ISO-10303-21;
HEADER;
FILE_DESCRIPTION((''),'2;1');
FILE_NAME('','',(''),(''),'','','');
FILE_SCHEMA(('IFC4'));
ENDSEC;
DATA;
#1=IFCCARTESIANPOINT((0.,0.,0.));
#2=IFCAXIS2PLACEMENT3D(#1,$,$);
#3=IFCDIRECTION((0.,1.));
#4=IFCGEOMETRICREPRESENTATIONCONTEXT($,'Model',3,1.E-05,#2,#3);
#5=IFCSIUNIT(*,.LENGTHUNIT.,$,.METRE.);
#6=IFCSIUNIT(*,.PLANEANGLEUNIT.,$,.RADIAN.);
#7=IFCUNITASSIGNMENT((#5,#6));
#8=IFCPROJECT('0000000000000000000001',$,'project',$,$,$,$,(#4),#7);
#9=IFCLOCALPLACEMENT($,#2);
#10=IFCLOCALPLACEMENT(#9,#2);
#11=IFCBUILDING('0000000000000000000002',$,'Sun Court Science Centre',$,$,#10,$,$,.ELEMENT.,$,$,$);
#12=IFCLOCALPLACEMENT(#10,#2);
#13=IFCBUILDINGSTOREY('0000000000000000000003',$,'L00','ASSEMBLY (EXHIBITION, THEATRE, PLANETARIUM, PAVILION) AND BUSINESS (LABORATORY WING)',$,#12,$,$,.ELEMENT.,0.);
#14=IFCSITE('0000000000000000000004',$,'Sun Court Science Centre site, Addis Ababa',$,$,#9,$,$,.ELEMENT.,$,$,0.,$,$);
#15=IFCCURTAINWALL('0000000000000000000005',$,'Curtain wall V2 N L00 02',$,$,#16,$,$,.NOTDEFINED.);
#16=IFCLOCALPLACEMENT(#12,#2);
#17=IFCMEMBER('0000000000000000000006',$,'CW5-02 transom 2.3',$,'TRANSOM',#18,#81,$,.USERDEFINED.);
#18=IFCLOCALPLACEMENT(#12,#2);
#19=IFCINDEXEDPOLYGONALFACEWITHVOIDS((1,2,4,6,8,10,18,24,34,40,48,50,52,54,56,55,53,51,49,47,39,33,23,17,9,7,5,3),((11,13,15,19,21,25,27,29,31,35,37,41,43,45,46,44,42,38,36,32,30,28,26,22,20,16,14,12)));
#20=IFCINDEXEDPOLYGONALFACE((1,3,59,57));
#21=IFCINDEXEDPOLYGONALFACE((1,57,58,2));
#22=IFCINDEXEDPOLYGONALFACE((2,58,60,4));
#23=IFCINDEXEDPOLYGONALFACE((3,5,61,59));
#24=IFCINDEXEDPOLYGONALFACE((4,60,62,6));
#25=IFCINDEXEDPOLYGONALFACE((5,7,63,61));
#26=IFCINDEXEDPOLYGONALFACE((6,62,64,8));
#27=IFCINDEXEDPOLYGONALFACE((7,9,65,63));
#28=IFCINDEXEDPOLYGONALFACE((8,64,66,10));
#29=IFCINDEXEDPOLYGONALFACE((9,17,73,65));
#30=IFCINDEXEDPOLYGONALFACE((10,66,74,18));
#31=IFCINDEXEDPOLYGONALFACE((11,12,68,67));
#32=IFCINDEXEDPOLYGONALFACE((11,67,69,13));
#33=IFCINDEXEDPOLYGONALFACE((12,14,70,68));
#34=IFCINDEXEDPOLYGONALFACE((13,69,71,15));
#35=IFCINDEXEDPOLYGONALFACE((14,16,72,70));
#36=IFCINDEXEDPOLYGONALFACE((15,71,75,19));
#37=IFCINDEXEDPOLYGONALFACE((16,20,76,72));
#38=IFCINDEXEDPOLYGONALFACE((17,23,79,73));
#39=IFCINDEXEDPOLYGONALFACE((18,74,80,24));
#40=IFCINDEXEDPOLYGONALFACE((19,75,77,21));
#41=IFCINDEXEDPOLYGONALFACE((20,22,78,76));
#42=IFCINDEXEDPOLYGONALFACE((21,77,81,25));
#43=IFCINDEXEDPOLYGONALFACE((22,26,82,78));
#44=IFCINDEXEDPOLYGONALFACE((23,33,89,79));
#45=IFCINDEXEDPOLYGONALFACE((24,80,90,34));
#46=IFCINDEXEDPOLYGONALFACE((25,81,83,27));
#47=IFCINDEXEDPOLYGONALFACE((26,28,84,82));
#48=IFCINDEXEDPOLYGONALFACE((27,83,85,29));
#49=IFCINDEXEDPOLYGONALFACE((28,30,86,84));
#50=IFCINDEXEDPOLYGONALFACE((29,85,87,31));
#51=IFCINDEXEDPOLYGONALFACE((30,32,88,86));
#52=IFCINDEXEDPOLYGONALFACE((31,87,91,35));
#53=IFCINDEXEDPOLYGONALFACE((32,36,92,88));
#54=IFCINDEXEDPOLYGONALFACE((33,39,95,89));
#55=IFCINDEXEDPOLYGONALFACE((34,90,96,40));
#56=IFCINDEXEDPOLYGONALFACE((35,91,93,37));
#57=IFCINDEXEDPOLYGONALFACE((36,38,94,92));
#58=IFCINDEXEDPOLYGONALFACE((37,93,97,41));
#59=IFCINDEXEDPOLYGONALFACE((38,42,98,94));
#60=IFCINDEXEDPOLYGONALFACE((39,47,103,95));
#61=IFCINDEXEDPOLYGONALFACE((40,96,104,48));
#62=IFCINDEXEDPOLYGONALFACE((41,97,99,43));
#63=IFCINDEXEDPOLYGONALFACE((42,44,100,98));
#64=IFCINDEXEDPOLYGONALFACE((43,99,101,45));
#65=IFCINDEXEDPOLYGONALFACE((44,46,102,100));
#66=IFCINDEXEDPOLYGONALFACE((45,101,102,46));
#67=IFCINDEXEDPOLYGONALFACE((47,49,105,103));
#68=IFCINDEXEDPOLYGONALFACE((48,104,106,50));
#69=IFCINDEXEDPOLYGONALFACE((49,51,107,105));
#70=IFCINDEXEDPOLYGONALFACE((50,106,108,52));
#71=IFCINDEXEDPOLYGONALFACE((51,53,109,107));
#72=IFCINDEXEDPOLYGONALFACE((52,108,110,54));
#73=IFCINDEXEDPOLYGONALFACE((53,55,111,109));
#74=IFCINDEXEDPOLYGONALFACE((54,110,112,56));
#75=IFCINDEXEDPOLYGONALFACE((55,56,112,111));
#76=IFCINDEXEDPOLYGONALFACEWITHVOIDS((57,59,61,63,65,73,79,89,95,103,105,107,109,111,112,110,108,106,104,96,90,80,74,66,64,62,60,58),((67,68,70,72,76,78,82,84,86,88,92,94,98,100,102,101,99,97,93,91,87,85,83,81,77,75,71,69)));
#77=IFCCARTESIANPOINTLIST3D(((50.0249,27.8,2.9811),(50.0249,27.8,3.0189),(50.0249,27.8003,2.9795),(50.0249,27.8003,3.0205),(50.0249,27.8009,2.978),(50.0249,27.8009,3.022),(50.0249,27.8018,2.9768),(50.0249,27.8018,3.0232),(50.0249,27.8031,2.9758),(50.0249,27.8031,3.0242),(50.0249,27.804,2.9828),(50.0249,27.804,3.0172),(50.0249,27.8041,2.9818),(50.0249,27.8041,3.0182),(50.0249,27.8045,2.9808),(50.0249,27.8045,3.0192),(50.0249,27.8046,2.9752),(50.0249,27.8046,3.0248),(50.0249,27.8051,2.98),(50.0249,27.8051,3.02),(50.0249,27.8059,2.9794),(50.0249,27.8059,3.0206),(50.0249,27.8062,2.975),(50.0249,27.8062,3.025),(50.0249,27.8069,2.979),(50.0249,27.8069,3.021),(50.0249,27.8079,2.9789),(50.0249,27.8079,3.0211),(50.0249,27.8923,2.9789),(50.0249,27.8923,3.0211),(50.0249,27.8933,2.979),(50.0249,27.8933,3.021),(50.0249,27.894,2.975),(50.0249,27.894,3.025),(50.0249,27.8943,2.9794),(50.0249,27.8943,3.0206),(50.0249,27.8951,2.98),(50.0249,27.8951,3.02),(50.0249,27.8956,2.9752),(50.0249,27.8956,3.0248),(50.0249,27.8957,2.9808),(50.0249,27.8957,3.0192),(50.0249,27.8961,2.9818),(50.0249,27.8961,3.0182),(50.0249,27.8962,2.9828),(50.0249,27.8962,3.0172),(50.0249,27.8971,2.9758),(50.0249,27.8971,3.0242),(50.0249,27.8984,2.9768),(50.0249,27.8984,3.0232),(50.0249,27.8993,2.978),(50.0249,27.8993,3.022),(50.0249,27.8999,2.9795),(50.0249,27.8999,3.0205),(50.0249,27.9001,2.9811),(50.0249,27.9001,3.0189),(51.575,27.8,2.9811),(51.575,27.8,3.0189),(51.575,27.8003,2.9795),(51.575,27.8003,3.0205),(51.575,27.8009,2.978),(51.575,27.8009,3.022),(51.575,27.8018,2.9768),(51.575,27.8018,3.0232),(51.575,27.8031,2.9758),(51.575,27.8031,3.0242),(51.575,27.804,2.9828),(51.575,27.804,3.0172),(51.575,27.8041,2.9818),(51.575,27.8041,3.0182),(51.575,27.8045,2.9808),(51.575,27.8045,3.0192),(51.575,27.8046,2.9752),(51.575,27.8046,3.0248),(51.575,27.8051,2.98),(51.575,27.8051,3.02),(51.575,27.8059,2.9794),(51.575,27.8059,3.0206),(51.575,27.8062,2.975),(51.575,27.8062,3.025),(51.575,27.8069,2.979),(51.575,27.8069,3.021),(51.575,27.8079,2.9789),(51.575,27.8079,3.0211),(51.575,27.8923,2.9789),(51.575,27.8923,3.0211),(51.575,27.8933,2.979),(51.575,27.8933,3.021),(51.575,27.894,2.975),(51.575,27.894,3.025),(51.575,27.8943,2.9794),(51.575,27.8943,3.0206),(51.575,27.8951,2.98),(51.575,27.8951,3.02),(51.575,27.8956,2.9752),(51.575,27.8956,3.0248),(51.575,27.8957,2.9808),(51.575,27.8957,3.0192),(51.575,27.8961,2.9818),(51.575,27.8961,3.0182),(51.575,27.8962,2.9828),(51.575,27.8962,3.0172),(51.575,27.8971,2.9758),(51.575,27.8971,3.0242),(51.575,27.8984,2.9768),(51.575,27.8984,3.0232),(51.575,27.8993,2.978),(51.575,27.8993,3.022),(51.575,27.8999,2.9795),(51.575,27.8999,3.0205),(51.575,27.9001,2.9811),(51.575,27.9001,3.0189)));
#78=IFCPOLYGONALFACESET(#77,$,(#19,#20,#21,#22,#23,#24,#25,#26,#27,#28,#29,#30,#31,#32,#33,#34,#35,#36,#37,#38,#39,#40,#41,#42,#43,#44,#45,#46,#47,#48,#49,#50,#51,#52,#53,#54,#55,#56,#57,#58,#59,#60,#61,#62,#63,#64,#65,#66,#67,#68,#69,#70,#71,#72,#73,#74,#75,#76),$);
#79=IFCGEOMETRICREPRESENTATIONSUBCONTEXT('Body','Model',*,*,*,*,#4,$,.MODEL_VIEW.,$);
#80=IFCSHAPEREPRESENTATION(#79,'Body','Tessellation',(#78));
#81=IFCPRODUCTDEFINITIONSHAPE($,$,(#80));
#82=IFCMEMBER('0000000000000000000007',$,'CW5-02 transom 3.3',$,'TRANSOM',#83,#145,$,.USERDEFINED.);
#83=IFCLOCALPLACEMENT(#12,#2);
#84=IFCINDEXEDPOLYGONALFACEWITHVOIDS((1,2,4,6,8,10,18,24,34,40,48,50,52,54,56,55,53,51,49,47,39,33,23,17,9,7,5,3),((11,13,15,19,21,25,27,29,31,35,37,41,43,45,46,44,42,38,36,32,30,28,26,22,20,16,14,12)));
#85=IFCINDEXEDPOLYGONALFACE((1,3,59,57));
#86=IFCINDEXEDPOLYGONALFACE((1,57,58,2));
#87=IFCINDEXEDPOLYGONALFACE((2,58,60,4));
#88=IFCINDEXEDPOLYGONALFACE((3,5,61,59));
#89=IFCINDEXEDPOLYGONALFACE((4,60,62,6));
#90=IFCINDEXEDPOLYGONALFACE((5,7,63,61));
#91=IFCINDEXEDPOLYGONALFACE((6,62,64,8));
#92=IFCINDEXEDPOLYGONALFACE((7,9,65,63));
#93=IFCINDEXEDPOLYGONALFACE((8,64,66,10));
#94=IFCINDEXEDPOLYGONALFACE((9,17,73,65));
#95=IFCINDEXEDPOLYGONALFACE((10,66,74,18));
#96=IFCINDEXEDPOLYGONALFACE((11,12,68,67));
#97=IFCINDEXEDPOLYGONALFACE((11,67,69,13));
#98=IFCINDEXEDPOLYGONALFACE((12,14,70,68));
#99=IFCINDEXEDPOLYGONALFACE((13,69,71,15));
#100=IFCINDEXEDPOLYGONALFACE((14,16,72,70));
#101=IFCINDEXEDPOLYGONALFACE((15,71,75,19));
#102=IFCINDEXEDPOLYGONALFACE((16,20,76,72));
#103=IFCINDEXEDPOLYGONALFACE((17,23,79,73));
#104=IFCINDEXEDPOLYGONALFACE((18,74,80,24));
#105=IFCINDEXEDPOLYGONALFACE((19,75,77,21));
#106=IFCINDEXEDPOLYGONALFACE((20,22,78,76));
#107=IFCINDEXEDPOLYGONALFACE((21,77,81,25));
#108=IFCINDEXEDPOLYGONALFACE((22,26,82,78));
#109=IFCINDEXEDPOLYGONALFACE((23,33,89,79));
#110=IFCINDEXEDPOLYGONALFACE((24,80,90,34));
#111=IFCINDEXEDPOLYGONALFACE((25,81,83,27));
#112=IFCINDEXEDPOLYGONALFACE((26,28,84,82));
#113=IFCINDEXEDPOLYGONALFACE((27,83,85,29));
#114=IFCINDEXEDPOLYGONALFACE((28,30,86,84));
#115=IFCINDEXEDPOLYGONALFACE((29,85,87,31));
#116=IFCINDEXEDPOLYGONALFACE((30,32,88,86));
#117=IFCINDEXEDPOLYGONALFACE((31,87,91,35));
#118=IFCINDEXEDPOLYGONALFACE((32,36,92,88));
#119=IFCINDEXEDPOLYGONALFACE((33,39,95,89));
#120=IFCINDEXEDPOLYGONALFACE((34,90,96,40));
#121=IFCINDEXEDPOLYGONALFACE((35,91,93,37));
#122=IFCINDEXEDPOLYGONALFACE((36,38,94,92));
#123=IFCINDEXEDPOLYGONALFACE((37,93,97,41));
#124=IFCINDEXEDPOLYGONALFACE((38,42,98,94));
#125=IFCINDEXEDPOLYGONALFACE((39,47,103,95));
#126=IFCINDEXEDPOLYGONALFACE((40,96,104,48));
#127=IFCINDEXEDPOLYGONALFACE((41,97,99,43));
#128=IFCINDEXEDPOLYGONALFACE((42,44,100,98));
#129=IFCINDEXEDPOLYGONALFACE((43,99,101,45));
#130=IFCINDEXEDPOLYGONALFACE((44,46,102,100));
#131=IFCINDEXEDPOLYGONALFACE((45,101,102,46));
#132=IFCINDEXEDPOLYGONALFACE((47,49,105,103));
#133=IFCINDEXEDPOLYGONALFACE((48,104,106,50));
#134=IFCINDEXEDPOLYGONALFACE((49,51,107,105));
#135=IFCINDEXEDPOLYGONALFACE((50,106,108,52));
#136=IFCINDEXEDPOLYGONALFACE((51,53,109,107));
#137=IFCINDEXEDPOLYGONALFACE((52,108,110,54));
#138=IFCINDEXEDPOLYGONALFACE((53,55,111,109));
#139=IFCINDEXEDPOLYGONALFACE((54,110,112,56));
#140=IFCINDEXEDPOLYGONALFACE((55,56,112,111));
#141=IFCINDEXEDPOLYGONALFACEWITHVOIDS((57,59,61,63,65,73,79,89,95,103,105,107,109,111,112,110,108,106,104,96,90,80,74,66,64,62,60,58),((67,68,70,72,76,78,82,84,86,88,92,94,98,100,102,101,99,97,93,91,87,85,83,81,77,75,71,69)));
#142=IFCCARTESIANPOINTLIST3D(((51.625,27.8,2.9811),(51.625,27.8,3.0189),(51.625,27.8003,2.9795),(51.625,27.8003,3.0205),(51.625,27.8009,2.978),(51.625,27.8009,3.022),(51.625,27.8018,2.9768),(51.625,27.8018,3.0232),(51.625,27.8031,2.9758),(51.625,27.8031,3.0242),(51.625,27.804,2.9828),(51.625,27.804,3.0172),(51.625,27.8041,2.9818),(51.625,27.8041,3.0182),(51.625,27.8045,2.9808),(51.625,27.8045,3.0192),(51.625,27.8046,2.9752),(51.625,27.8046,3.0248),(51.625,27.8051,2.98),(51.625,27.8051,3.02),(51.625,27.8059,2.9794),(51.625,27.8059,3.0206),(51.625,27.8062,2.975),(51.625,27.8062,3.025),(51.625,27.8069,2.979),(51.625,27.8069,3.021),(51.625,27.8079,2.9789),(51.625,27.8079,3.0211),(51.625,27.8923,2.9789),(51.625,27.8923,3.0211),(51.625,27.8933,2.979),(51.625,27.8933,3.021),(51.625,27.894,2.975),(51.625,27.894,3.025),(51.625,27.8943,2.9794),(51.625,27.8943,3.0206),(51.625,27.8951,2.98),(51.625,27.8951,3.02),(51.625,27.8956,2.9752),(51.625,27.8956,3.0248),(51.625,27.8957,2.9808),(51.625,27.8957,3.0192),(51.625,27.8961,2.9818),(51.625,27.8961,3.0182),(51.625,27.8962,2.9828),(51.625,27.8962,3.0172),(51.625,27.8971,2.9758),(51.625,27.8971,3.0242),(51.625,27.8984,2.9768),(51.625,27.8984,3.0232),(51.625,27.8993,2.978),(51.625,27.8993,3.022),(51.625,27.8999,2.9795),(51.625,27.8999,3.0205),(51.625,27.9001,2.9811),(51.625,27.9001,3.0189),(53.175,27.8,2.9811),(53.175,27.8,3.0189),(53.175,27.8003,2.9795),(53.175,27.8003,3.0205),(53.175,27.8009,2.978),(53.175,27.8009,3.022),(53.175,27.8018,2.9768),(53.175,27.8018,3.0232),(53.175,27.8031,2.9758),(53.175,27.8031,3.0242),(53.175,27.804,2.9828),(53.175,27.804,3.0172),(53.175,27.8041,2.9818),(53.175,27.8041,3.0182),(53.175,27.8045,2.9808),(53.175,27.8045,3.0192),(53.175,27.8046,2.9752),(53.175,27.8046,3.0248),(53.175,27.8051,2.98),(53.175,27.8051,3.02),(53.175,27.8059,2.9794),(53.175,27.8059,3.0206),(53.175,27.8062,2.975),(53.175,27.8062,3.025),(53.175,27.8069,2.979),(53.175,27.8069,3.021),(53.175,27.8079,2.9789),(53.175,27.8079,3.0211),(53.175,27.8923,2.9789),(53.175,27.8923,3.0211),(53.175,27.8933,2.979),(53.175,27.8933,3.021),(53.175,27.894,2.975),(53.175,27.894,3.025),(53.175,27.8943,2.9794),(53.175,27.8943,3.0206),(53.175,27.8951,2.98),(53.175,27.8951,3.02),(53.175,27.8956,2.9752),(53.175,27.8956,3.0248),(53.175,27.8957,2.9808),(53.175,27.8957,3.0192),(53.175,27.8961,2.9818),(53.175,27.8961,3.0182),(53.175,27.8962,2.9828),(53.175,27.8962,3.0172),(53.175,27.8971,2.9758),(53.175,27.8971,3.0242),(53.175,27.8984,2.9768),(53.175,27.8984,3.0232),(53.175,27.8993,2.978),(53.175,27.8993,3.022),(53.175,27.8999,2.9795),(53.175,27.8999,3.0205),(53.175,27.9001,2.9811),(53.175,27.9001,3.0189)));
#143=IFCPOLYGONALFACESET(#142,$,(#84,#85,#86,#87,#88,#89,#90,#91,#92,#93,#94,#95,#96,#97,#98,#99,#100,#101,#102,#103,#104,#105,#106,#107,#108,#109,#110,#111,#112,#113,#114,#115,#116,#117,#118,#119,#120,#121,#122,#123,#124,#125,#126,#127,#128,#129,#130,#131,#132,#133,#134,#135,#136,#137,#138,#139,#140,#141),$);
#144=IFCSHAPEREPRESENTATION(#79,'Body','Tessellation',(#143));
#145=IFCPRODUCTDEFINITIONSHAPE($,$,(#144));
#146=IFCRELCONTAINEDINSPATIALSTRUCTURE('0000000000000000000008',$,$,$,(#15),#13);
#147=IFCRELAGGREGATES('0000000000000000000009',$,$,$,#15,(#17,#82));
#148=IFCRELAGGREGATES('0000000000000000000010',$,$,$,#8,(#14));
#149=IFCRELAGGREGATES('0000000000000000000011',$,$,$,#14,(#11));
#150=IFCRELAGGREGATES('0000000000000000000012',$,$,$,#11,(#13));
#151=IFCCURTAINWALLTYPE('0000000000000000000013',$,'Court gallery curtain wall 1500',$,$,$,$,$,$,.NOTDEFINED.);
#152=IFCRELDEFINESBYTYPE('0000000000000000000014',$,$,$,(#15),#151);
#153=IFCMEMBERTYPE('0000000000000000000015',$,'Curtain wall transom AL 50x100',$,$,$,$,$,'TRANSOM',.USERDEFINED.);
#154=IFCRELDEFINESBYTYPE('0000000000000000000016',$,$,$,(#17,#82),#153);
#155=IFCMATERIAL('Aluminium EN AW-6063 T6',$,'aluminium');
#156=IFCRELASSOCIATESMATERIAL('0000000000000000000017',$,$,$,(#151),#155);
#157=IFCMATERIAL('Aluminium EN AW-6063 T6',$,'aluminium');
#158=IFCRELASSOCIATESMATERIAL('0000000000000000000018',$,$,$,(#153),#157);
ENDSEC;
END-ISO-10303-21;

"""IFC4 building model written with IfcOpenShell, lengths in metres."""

from ifc_helpers import new_model, si_unit, direction, frame, origin, origin_2d, place, context, subcontext, project, spatial, hollow_rectangle, extrude, material, material_profile, profile_set, type_object, element, aggregate, save


model = new_model("IFC4")

# Units and contexts
model_context = context("Model", 3, precision=1e-05, world=origin(), true_north=direction((0.0, 1.0)))
body_context = subcontext(model_context, "Body", "Model", "MODEL_VIEW")
ifc_project = project(units=[si_unit("LENGTHUNIT", "METRE"), si_unit("PLANEANGLEUNIT", "RADIAN")], contexts=[model_context])

# Site, building, storey
site_placement = place(None, origin())
site = spatial("IfcSite", under=ifc_project, at=site_placement, Name="Sun Court Science Centre site, Addis Ababa", CompositionType="ELEMENT", RefElevation=0.0)
building_placement = place(site_placement, origin())
building = spatial("IfcBuilding", under=site, at=building_placement, Name="Sun Court Science Centre", CompositionType="ELEMENT")
storey_placement = place(building_placement, origin())
storey = spatial("IfcBuildingStorey", under=building, at=storey_placement, Name="L00", Description="ASSEMBLY (EXHIBITION, THEATRE, PLANETARIUM, PAVILION) AND BUSINESS (LABORATORY WING)", CompositionType="ELEMENT", Elevation=0.0)

# Curtain wall, members
ifc_material_1 = material(Name="Aluminium EN AW-6063 T6", Category="aluminium")
curtain_wall_type = type_object("IfcCurtainWallType", Name="Court gallery curtain wall 1500", PredefinedType="NOTDEFINED", material=ifc_material_1)
curtain_wall_placement = place(storey_placement, origin())
curtain_wall = element("IfcCurtainWall", 1, at=curtain_wall_placement, inside=storey, type_object=curtain_wall_type, Name="Curtain wall V2 N L00 02", PredefinedType="NOTDEFINED")
ifc_material_2 = material(Name="Aluminium EN AW-6063 T6", Category="aluminium")
ifc_material_profile_1 = material_profile(ifc_material_2, hollow_rectangle(XDim=0.05, YDim=0.1001, WallThickness=0.0039, InnerFilletRadius=0.0039, OuterFilletRadius=0.0061, at=origin_2d()), Name="AL 50x100x4")
ifc_profile_set_1 = profile_set([ifc_material_profile_1], Name="Aluminium EN AW-6063 T6")
member_type_1 = type_object("IfcMemberType", Name="Curtain wall transom AL 50x100", ElementType="TRANSOM", PredefinedType="USERDEFINED", material=ifc_profile_set_1)
member_1_placement = place(storey_placement, frame((50.0249, 27.8501, 3.0), z_axis=(1.0, 0.0, 0.0), x_axis=(0.0, 0.0, 1.0)))
member_1 = element("IfcMember", 2, at=member_1_placement, type_object=member_type_1, Name="CW5-02 transom 2.3", ObjectType="TRANSOM", PredefinedType="USERDEFINED", context=body_context, shape_type="SweptSolid", body=[
    extrude(hollow_rectangle(XDim=0.05, YDim=0.1001, WallThickness=0.0039, InnerFilletRadius=0.0039, OuterFilletRadius=0.0061, at=origin_2d()), origin(), (0.0, 0.0, 1.0), 1.55),
])
member_2_placement = place(storey_placement, frame((51.625, 27.8501, 3.0), z_axis=(1.0, 0.0, 0.0), x_axis=(0.0, 0.0, 1.0)))
member_2 = element("IfcMember", 3, at=member_2_placement, type_object=member_type_1, Name="CW5-02 transom 3.3", ObjectType="TRANSOM", PredefinedType="USERDEFINED", context=body_context, shape_type="SweptSolid", body=[
    extrude(hollow_rectangle(XDim=0.05, YDim=0.1001, WallThickness=0.0039, InnerFilletRadius=0.0039, OuterFilletRadius=0.0061, at=origin_2d()), origin(), (0.0, 0.0, 1.0), 1.55),
])
aggregate(curtain_wall, [member_1, member_2])

save(model, "model.ifc")
